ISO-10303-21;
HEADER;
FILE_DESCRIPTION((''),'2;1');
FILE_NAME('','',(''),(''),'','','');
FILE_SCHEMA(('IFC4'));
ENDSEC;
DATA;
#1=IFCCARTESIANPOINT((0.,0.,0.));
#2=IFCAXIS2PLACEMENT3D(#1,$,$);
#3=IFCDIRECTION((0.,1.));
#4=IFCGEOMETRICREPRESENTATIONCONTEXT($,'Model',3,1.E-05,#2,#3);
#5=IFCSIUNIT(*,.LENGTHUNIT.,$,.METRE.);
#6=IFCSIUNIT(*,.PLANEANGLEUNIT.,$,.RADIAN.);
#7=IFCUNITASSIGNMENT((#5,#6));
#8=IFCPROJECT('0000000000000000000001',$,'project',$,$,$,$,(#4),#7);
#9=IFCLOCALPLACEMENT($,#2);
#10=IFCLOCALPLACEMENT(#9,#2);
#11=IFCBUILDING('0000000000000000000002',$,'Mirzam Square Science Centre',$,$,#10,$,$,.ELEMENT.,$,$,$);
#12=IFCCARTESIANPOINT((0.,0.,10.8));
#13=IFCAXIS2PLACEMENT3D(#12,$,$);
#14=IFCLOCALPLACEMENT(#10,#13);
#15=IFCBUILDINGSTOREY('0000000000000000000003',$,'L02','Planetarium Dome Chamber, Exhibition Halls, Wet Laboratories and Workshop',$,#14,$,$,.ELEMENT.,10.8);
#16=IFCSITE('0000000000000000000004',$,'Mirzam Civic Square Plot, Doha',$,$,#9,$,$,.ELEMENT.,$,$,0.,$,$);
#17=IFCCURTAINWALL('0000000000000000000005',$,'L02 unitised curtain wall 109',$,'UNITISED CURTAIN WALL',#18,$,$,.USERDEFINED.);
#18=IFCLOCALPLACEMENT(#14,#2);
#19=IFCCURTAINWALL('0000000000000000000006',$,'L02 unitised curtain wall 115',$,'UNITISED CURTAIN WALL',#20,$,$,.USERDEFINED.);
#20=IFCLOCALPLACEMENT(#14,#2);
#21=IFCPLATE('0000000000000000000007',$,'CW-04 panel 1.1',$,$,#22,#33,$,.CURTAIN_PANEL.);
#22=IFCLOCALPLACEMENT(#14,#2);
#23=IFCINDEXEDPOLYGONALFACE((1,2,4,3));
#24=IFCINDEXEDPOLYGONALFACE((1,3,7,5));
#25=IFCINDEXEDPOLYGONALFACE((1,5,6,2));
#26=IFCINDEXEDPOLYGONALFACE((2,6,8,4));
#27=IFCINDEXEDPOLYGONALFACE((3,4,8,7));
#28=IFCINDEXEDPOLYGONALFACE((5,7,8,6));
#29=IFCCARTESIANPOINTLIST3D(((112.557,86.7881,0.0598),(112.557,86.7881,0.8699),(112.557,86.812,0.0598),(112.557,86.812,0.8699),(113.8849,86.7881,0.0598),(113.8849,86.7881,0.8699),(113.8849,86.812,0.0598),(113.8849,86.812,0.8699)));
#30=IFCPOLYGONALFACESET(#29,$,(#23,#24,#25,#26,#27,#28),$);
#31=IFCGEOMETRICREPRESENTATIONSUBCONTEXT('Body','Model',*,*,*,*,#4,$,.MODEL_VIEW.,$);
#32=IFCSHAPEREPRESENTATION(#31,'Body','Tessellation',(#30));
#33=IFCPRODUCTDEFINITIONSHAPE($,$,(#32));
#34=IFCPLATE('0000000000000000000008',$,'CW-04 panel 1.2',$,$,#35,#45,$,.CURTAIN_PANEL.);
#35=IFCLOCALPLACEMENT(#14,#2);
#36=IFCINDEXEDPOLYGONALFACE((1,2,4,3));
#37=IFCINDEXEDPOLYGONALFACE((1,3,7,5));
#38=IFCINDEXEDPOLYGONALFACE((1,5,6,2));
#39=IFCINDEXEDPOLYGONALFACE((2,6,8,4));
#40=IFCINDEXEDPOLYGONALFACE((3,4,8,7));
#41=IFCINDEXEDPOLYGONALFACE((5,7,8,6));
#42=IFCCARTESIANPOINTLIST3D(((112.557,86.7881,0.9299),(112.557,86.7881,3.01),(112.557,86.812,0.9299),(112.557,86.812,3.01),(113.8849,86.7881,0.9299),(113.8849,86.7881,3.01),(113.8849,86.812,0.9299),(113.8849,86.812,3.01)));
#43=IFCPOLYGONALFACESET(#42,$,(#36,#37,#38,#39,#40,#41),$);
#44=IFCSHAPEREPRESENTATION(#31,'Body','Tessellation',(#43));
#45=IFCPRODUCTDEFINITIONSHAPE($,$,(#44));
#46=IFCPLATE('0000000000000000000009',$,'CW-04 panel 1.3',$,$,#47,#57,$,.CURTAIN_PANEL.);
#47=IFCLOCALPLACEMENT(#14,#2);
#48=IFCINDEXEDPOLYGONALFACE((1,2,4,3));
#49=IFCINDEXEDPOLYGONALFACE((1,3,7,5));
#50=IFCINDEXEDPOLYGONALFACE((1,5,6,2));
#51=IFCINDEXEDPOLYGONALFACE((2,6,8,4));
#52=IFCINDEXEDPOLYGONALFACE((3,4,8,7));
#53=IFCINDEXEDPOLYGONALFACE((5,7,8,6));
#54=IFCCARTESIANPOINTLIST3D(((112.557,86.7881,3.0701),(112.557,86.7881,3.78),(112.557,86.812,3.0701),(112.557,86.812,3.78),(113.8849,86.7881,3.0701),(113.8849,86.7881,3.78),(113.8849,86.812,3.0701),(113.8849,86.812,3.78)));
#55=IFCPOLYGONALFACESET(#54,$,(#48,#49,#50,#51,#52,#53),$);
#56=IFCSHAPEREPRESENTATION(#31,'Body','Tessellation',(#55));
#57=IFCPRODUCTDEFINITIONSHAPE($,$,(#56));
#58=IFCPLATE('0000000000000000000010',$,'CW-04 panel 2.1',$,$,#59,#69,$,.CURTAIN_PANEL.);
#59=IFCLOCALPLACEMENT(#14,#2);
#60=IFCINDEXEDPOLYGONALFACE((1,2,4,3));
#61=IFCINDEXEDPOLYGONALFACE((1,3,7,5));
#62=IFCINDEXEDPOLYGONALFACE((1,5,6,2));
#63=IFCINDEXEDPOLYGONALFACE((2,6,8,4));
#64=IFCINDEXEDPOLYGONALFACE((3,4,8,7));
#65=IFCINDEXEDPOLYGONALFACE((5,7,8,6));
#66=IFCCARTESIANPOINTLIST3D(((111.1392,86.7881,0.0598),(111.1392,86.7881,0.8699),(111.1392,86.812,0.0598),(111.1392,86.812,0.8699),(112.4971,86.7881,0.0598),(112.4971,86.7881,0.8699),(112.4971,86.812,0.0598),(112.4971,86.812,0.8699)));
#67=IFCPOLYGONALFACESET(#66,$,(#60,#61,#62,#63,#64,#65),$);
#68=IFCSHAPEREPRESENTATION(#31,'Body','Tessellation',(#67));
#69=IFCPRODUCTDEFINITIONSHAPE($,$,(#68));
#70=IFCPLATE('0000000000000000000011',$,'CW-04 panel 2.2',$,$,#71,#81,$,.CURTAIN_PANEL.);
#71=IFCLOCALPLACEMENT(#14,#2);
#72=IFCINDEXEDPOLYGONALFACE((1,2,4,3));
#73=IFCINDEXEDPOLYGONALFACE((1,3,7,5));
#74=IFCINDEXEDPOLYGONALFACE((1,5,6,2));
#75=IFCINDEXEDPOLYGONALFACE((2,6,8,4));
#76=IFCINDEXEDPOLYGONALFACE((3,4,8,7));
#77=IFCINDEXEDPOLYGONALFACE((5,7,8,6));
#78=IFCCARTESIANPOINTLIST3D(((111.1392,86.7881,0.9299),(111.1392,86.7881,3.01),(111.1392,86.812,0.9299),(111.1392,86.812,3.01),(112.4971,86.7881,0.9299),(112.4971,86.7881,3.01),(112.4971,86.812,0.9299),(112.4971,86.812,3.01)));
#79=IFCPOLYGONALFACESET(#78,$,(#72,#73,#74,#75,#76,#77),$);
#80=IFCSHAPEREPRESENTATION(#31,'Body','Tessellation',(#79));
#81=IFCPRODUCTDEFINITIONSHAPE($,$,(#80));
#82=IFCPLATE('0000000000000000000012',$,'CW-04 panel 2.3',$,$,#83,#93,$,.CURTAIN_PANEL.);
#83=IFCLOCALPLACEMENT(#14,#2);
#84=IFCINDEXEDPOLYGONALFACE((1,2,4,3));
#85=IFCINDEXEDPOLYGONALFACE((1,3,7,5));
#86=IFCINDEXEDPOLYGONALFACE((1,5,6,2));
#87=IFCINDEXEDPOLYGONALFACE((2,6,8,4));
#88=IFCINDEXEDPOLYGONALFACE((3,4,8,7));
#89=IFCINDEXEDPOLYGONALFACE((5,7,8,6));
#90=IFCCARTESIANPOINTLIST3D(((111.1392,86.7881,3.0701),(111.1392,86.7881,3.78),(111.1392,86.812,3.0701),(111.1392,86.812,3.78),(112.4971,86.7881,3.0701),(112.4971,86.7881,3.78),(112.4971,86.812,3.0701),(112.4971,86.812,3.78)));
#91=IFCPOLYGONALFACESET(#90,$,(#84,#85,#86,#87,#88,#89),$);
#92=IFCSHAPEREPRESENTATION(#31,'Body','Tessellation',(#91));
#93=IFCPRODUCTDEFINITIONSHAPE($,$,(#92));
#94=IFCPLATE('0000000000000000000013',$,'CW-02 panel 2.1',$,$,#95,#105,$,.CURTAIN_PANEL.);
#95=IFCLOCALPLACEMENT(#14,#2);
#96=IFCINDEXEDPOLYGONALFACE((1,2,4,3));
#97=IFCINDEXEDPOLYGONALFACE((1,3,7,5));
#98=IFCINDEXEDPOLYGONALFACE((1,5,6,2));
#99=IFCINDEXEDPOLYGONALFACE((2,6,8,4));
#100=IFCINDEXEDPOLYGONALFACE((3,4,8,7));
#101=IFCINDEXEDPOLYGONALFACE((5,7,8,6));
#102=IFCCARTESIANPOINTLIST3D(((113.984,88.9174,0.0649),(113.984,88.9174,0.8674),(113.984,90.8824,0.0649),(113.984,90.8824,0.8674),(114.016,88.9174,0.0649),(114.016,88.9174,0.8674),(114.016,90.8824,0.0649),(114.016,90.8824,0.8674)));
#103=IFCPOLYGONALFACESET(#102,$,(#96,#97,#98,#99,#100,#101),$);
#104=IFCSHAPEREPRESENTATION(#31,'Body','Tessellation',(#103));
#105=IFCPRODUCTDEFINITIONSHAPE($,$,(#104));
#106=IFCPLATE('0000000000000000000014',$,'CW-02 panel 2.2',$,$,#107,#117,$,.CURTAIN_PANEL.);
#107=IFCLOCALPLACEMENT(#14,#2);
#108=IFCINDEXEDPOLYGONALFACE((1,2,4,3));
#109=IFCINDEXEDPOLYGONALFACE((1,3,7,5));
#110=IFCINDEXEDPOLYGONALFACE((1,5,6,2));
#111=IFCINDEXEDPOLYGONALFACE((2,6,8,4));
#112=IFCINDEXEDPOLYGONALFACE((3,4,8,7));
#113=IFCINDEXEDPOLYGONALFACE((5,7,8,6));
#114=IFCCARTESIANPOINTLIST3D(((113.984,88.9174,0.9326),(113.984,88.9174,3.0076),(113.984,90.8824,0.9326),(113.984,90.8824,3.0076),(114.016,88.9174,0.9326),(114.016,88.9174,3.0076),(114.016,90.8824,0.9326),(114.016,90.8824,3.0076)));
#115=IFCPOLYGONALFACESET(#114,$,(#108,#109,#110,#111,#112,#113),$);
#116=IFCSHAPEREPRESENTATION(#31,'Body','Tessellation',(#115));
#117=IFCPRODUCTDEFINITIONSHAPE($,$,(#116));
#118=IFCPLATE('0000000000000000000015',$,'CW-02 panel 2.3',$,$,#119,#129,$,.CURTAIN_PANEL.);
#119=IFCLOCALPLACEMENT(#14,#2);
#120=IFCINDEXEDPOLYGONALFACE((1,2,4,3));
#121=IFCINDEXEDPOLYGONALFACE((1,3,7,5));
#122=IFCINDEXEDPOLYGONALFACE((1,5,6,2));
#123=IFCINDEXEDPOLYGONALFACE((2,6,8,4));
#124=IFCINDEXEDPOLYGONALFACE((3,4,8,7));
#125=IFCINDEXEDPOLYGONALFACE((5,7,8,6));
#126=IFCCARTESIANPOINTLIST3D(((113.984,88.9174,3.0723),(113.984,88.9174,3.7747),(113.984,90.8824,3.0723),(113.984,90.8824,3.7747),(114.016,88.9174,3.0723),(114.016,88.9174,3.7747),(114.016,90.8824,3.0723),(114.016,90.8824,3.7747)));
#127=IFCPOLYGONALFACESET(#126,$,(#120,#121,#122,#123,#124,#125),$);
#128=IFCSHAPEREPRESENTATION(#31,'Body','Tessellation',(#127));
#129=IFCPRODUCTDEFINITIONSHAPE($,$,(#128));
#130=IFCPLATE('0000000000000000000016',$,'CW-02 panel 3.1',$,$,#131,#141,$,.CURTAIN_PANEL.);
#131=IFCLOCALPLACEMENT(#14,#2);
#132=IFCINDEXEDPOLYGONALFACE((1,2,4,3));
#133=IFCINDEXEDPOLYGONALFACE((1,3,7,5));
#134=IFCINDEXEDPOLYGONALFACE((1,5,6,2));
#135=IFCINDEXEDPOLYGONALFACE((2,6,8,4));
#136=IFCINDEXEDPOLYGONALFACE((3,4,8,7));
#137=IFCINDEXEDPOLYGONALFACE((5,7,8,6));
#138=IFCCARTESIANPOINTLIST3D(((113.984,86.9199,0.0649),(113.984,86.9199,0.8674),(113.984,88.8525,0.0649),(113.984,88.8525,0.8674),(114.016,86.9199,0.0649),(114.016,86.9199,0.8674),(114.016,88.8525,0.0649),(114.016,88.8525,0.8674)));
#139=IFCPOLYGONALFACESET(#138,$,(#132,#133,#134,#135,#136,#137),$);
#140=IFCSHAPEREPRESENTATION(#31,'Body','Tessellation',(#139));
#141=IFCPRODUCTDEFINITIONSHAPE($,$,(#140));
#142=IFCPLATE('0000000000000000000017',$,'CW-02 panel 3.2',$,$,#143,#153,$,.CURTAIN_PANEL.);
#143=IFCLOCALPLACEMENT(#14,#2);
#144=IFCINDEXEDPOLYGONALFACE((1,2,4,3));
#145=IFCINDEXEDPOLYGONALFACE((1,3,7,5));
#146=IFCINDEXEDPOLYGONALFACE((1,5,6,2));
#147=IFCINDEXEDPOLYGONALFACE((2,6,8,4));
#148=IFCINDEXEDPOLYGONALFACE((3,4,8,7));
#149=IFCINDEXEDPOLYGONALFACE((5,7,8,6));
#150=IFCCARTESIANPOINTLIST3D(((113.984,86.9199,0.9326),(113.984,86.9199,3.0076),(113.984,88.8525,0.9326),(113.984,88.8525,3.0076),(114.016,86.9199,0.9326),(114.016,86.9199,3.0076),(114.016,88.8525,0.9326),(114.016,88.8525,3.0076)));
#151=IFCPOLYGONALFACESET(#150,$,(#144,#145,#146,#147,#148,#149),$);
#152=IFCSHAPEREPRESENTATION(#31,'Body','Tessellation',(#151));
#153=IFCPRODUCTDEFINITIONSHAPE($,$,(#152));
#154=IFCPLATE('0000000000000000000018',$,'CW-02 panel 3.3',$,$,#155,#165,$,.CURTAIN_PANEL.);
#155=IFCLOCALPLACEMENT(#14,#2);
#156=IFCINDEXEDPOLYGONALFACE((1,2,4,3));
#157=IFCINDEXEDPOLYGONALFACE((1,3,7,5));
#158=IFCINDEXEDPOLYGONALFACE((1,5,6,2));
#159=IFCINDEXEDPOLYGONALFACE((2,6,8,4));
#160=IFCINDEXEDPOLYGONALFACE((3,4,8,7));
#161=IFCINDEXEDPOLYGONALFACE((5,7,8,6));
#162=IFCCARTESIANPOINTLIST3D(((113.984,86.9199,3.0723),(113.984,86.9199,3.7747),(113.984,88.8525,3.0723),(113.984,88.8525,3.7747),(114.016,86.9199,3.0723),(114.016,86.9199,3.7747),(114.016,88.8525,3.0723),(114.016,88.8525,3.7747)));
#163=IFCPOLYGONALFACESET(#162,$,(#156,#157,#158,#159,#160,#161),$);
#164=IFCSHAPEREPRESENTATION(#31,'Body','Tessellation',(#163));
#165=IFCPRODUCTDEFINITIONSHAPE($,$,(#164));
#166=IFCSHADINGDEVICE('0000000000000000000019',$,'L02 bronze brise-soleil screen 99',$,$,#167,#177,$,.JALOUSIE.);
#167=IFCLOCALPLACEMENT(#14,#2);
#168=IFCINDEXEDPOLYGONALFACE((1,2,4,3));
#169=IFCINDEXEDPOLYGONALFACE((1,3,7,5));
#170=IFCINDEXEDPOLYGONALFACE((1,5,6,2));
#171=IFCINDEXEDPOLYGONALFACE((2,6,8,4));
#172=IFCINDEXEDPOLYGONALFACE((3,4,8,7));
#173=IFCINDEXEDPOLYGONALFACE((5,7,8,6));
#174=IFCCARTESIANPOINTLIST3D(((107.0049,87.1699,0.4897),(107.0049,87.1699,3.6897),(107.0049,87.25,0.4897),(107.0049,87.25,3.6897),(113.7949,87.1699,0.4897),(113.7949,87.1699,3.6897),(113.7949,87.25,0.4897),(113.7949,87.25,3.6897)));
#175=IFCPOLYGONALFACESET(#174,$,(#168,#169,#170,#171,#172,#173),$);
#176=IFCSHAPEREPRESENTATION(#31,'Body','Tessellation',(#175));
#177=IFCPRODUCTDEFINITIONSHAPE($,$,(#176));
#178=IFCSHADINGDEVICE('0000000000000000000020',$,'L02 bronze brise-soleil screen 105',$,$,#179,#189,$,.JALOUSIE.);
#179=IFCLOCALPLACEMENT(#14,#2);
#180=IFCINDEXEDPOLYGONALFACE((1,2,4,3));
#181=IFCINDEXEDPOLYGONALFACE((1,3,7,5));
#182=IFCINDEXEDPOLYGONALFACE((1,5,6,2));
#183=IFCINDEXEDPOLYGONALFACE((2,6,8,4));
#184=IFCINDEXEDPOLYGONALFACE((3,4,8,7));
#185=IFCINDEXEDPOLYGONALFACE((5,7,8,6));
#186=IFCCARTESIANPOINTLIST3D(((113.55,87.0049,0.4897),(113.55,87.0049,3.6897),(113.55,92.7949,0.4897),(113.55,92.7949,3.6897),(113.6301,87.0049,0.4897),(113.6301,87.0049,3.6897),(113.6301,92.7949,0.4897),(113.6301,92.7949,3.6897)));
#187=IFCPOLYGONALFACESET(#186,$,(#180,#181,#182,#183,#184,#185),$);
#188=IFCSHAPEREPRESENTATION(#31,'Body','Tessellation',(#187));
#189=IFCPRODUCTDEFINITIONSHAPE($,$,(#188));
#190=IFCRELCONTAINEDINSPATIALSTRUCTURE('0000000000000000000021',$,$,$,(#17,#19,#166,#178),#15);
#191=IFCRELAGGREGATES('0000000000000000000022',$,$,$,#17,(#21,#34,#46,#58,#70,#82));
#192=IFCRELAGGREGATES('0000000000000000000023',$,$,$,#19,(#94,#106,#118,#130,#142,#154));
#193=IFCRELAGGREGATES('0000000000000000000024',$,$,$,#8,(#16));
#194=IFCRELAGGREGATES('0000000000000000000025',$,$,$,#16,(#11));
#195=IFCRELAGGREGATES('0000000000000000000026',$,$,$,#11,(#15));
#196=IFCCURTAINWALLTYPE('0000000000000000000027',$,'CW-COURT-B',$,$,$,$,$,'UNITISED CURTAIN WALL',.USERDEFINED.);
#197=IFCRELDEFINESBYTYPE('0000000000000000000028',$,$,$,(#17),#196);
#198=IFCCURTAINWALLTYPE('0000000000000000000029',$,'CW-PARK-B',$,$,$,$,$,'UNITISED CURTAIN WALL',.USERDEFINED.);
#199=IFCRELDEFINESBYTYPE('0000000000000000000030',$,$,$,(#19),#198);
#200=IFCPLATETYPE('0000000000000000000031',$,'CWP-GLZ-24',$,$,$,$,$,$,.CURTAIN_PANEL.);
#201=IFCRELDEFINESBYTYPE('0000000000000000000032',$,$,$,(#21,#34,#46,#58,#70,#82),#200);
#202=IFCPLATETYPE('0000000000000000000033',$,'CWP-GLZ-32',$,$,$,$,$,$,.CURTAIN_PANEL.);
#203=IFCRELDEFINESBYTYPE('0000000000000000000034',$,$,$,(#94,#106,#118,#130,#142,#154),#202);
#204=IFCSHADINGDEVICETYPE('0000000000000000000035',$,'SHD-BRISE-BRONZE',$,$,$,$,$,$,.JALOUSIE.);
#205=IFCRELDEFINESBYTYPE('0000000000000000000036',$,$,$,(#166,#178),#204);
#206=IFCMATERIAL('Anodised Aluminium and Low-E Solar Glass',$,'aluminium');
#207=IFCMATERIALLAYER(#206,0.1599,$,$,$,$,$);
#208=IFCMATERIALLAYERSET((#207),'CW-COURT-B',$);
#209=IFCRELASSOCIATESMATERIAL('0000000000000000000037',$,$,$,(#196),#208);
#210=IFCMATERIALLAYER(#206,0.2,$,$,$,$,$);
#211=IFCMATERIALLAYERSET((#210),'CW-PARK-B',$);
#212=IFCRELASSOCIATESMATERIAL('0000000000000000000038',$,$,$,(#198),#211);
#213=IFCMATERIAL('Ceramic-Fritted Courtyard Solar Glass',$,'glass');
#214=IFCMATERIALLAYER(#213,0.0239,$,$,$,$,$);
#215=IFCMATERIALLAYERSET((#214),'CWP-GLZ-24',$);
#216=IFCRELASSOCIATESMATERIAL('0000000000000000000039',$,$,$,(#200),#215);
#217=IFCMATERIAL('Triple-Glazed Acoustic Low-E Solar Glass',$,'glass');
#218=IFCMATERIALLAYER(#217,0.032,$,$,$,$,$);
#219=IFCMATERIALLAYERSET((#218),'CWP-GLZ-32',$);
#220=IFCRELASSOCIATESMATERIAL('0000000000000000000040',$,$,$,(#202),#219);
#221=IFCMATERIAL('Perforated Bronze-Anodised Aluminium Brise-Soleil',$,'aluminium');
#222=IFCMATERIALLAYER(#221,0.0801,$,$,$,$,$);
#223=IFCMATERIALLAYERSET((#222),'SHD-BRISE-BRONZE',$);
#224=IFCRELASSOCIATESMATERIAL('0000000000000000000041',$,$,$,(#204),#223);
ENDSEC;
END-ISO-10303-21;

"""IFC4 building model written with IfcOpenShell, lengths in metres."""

from ifc_helpers import new_model, si_unit, direction, frame, origin, origin_2d, place, context, subcontext, project, spatial, rectangle, extrude, material, layer, layer_set, type_object, element, aggregate, save


model = new_model("IFC4")

# Units and contexts
model_context = context("Model", 3, precision=1e-05, world=origin(), true_north=direction((0.0, 1.0)))
body_context = subcontext(model_context, "Body", "Model", "MODEL_VIEW")
ifc_project = project(units=[si_unit("LENGTHUNIT", "METRE"), si_unit("PLANEANGLEUNIT", "RADIAN")], contexts=[model_context])

# Site, building, storey
site_placement = place(None, origin())
site = spatial("IfcSite", under=ifc_project, at=site_placement, Name="Mirzam Civic Square Plot, Doha", CompositionType="ELEMENT", RefElevation=0.0)
building_placement = place(site_placement, origin())
building = spatial("IfcBuilding", under=site, at=building_placement, Name="Mirzam Square Science Centre", CompositionType="ELEMENT")
storey_placement = place(building_placement, frame((0.0, 0.0, 10.8)))
storey = spatial("IfcBuildingStorey", under=building, at=storey_placement, Name="L02", Description="Planetarium Dome Chamber, Exhibition Halls, Wet Laboratories and Workshop", CompositionType="ELEMENT", Elevation=10.8)

# Curtain walls
ifc_material_1 = material(Name="Anodised Aluminium and Low-E Solar Glass", Category="aluminium")
ifc_layer_1 = layer(ifc_material_1, 0.1599)
ifc_layer_set_1 = layer_set([ifc_layer_1], Name="CW-COURT-B")
curtain_wall_type_1 = type_object("IfcCurtainWallType", Name="CW-COURT-B", ElementType="UNITISED CURTAIN WALL", PredefinedType="USERDEFINED", material=ifc_layer_set_1)
curtain_wall_1_placement = place(storey_placement, origin())
curtain_wall_1 = element("IfcCurtainWall", 1, at=curtain_wall_1_placement, inside=storey, type_object=curtain_wall_type_1, Name="L02 unitised curtain wall 109", ObjectType="UNITISED CURTAIN WALL", PredefinedType="USERDEFINED")
ifc_layer_2 = layer(ifc_material_1, 0.2)
ifc_layer_set_2 = layer_set([ifc_layer_2], Name="CW-PARK-B")
curtain_wall_type_2 = type_object("IfcCurtainWallType", Name="CW-PARK-B", ElementType="UNITISED CURTAIN WALL", PredefinedType="USERDEFINED", material=ifc_layer_set_2)
curtain_wall_2_placement = place(storey_placement, origin())
curtain_wall_2 = element("IfcCurtainWall", 2, at=curtain_wall_2_placement, inside=storey, type_object=curtain_wall_type_2, Name="L02 unitised curtain wall 115", ObjectType="UNITISED CURTAIN WALL", PredefinedType="USERDEFINED")

# Plates
ifc_material_2 = material(Name="Ceramic-Fritted Courtyard Solar Glass", Category="glass")
ifc_layer_3 = layer(ifc_material_2, 0.0239)
ifc_layer_set_3 = layer_set([ifc_layer_3], Name="CWP-GLZ-24")
plate_type_1 = type_object("IfcPlateType", Name="CWP-GLZ-24", PredefinedType="CURTAIN_PANEL", material=ifc_layer_set_3)
plate_1_placement = place(storey_placement, frame((113.2209, 86.8, 0.0598), z_axis=(0.0, 0.0, 1.0), x_axis=(-1.0, 0.0, 0.0)))
plate_1 = element("IfcPlate", 3, at=plate_1_placement, type_object=plate_type_1, Name="CW-04 panel 1.1", PredefinedType="CURTAIN_PANEL", context=body_context, shape_type="SweptSolid", body=[
    extrude(rectangle(XDim=1.3279, YDim=0.0239, at=origin_2d()), origin(), (0.0, 0.0, 1.0), 0.8101),
])
plate_2_placement = place(storey_placement, frame((113.2209, 86.8, 0.9299), z_axis=(0.0, 0.0, 1.0), x_axis=(-1.0, 0.0, 0.0)))
plate_2 = element("IfcPlate", 4, at=plate_2_placement, type_object=plate_type_1, Name="CW-04 panel 1.2", PredefinedType="CURTAIN_PANEL", context=body_context, shape_type="SweptSolid", body=[
    extrude(rectangle(XDim=1.3279, YDim=0.0239, at=origin_2d()), origin(), (0.0, 0.0, 1.0), 2.0801),
])
plate_3_placement = place(storey_placement, frame((113.2209, 86.8, 3.0701), z_axis=(0.0, 0.0, 1.0), x_axis=(-1.0, 0.0, 0.0)))
plate_3 = element("IfcPlate", 5, at=plate_3_placement, type_object=plate_type_1, Name="CW-04 panel 1.3", PredefinedType="CURTAIN_PANEL", context=body_context, shape_type="SweptSolid", body=[
    extrude(rectangle(XDim=1.3279, YDim=0.0239, at=origin_2d()), origin(), (0.0, 0.0, 1.0), 0.71),
])
plate_4_placement = place(storey_placement, frame((111.8181, 86.8, 0.0598), z_axis=(0.0, 0.0, 1.0), x_axis=(-1.0, 0.0, 0.0)))
plate_4 = element("IfcPlate", 6, at=plate_4_placement, type_object=plate_type_1, Name="CW-04 panel 2.1", PredefinedType="CURTAIN_PANEL", context=body_context, shape_type="SweptSolid", body=[
    extrude(rectangle(XDim=1.3579, YDim=0.0239, at=origin_2d()), origin(), (0.0, 0.0, 1.0), 0.8101),
])
plate_5_placement = place(storey_placement, frame((111.8181, 86.8, 0.9299), z_axis=(0.0, 0.0, 1.0), x_axis=(-1.0, 0.0, 0.0)))
plate_5 = element("IfcPlate", 7, at=plate_5_placement, type_object=plate_type_1, Name="CW-04 panel 2.2", PredefinedType="CURTAIN_PANEL", context=body_context, shape_type="SweptSolid", body=[
    extrude(rectangle(XDim=1.3579, YDim=0.0239, at=origin_2d()), origin(), (0.0, 0.0, 1.0), 2.0801),
])
plate_6_placement = place(storey_placement, frame((111.8181, 86.8, 3.0701), z_axis=(0.0, 0.0, 1.0), x_axis=(-1.0, 0.0, 0.0)))
plate_6 = element("IfcPlate", 8, at=plate_6_placement, type_object=plate_type_1, Name="CW-04 panel 2.3", PredefinedType="CURTAIN_PANEL", context=body_context, shape_type="SweptSolid", body=[
    extrude(rectangle(XDim=1.3579, YDim=0.0239, at=origin_2d()), origin(), (0.0, 0.0, 1.0), 0.71),
])
aggregate(curtain_wall_1, [plate_1, plate_2, plate_3, plate_4, plate_5, plate_6])
ifc_material_3 = material(Name="Triple-Glazed Acoustic Low-E Solar Glass", Category="glass")
ifc_layer_4 = layer(ifc_material_3, 0.032)
ifc_layer_set_4 = layer_set([ifc_layer_4], Name="CWP-GLZ-32")
plate_type_2 = type_object("IfcPlateType", Name="CWP-GLZ-32", PredefinedType="CURTAIN_PANEL", material=ifc_layer_set_4)
plate_7_placement = place(storey_placement, frame((114.0, 89.8999, 0.0649), z_axis=(0.0, 0.0, 1.0), x_axis=(0.0, -1.0, 0.0)))
plate_7 = element("IfcPlate", 9, at=plate_7_placement, type_object=plate_type_2, Name="CW-02 panel 2.1", PredefinedType="CURTAIN_PANEL", context=body_context, shape_type="SweptSolid", body=[
    extrude(rectangle(XDim=1.9651, YDim=0.032, at=origin_2d()), origin(), (0.0, 0.0, 1.0), 0.8025),
])
plate_8_placement = place(storey_placement, frame((114.0, 89.8999, 0.9326), z_axis=(0.0, 0.0, 1.0), x_axis=(0.0, -1.0, 0.0)))
plate_8 = element("IfcPlate", 10, at=plate_8_placement, type_object=plate_type_2, Name="CW-02 panel 2.2", PredefinedType="CURTAIN_PANEL", context=body_context, shape_type="SweptSolid", body=[
    extrude(rectangle(XDim=1.9651, YDim=0.032, at=origin_2d()), origin(), (0.0, 0.0, 1.0), 2.075),
])
plate_9_placement = place(storey_placement, frame((114.0, 89.8999, 3.0723), z_axis=(0.0, 0.0, 1.0), x_axis=(0.0, -1.0, 0.0)))
plate_9 = element("IfcPlate", 11, at=plate_9_placement, type_object=plate_type_2, Name="CW-02 panel 2.3", PredefinedType="CURTAIN_PANEL", context=body_context, shape_type="SweptSolid", body=[
    extrude(rectangle(XDim=1.9651, YDim=0.032, at=origin_2d()), origin(), (0.0, 0.0, 1.0), 0.7024),
])
plate_10_placement = place(storey_placement, frame((114.0, 87.8862, 0.0649), z_axis=(0.0, 0.0, 1.0), x_axis=(0.0, -1.0, 0.0)))
plate_10 = element("IfcPlate", 12, at=plate_10_placement, type_object=plate_type_2, Name="CW-02 panel 3.1", PredefinedType="CURTAIN_PANEL", context=body_context, shape_type="SweptSolid", body=[
    extrude(rectangle(XDim=1.9326, YDim=0.032, at=origin_2d()), origin(), (0.0, 0.0, 1.0), 0.8025),
])
plate_11_placement = place(storey_placement, frame((114.0, 87.8862, 0.9326), z_axis=(0.0, 0.0, 1.0), x_axis=(0.0, -1.0, 0.0)))
plate_11 = element("IfcPlate", 13, at=plate_11_placement, type_object=plate_type_2, Name="CW-02 panel 3.2", PredefinedType="CURTAIN_PANEL", context=body_context, shape_type="SweptSolid", body=[
    extrude(rectangle(XDim=1.9326, YDim=0.032, at=origin_2d()), origin(), (0.0, 0.0, 1.0), 2.075),
])
plate_12_placement = place(storey_placement, frame((114.0, 87.8862, 3.0723), z_axis=(0.0, 0.0, 1.0), x_axis=(0.0, -1.0, 0.0)))
plate_12 = element("IfcPlate", 14, at=plate_12_placement, type_object=plate_type_2, Name="CW-02 panel 3.3", PredefinedType="CURTAIN_PANEL", context=body_context, shape_type="SweptSolid", body=[
    extrude(rectangle(XDim=1.9326, YDim=0.032, at=origin_2d()), origin(), (0.0, 0.0, 1.0), 0.7024),
])
aggregate(curtain_wall_2, [plate_7, plate_8, plate_9, plate_10, plate_11, plate_12])

# Shading devices
ifc_material_4 = material(Name="Perforated Bronze-Anodised Aluminium Brise-Soleil", Category="aluminium")
ifc_layer_5 = layer(ifc_material_4, 0.0801)
ifc_layer_set_5 = layer_set([ifc_layer_5], Name="SHD-BRISE-BRONZE")
shading_device_type = type_object("IfcShadingDeviceType", Name="SHD-BRISE-BRONZE", PredefinedType="JALOUSIE", material=ifc_layer_set_5)
shading_device_1_placement = place(storey_placement, frame((110.3999, 87.21, 0.4897), z_axis=(0.0, 0.0, 1.0), x_axis=(-1.0, 0.0, 0.0)))
element("IfcShadingDevice", 15, at=shading_device_1_placement, inside=storey, type_object=shading_device_type, Name="L02 bronze brise-soleil screen 99", PredefinedType="JALOUSIE", context=body_context, shape_type="SweptSolid", body=[
    extrude(rectangle(XDim=6.79, YDim=0.0801, at=origin_2d()), origin(), (0.0, 0.0, 1.0), 3.2),
])
shading_device_2_placement = place(storey_placement, frame((113.5901, 89.8999, 0.4897), z_axis=(0.0, 0.0, 1.0), x_axis=(0.0, -1.0, 0.0)))
element("IfcShadingDevice", 16, at=shading_device_2_placement, inside=storey, type_object=shading_device_type, Name="L02 bronze brise-soleil screen 105", PredefinedType="JALOUSIE", context=body_context, shape_type="SweptSolid", body=[
    extrude(rectangle(XDim=5.79, YDim=0.0801, at=origin_2d()), origin(), (0.0, 0.0, 1.0), 3.2),
])

save(model, "model.ifc")
